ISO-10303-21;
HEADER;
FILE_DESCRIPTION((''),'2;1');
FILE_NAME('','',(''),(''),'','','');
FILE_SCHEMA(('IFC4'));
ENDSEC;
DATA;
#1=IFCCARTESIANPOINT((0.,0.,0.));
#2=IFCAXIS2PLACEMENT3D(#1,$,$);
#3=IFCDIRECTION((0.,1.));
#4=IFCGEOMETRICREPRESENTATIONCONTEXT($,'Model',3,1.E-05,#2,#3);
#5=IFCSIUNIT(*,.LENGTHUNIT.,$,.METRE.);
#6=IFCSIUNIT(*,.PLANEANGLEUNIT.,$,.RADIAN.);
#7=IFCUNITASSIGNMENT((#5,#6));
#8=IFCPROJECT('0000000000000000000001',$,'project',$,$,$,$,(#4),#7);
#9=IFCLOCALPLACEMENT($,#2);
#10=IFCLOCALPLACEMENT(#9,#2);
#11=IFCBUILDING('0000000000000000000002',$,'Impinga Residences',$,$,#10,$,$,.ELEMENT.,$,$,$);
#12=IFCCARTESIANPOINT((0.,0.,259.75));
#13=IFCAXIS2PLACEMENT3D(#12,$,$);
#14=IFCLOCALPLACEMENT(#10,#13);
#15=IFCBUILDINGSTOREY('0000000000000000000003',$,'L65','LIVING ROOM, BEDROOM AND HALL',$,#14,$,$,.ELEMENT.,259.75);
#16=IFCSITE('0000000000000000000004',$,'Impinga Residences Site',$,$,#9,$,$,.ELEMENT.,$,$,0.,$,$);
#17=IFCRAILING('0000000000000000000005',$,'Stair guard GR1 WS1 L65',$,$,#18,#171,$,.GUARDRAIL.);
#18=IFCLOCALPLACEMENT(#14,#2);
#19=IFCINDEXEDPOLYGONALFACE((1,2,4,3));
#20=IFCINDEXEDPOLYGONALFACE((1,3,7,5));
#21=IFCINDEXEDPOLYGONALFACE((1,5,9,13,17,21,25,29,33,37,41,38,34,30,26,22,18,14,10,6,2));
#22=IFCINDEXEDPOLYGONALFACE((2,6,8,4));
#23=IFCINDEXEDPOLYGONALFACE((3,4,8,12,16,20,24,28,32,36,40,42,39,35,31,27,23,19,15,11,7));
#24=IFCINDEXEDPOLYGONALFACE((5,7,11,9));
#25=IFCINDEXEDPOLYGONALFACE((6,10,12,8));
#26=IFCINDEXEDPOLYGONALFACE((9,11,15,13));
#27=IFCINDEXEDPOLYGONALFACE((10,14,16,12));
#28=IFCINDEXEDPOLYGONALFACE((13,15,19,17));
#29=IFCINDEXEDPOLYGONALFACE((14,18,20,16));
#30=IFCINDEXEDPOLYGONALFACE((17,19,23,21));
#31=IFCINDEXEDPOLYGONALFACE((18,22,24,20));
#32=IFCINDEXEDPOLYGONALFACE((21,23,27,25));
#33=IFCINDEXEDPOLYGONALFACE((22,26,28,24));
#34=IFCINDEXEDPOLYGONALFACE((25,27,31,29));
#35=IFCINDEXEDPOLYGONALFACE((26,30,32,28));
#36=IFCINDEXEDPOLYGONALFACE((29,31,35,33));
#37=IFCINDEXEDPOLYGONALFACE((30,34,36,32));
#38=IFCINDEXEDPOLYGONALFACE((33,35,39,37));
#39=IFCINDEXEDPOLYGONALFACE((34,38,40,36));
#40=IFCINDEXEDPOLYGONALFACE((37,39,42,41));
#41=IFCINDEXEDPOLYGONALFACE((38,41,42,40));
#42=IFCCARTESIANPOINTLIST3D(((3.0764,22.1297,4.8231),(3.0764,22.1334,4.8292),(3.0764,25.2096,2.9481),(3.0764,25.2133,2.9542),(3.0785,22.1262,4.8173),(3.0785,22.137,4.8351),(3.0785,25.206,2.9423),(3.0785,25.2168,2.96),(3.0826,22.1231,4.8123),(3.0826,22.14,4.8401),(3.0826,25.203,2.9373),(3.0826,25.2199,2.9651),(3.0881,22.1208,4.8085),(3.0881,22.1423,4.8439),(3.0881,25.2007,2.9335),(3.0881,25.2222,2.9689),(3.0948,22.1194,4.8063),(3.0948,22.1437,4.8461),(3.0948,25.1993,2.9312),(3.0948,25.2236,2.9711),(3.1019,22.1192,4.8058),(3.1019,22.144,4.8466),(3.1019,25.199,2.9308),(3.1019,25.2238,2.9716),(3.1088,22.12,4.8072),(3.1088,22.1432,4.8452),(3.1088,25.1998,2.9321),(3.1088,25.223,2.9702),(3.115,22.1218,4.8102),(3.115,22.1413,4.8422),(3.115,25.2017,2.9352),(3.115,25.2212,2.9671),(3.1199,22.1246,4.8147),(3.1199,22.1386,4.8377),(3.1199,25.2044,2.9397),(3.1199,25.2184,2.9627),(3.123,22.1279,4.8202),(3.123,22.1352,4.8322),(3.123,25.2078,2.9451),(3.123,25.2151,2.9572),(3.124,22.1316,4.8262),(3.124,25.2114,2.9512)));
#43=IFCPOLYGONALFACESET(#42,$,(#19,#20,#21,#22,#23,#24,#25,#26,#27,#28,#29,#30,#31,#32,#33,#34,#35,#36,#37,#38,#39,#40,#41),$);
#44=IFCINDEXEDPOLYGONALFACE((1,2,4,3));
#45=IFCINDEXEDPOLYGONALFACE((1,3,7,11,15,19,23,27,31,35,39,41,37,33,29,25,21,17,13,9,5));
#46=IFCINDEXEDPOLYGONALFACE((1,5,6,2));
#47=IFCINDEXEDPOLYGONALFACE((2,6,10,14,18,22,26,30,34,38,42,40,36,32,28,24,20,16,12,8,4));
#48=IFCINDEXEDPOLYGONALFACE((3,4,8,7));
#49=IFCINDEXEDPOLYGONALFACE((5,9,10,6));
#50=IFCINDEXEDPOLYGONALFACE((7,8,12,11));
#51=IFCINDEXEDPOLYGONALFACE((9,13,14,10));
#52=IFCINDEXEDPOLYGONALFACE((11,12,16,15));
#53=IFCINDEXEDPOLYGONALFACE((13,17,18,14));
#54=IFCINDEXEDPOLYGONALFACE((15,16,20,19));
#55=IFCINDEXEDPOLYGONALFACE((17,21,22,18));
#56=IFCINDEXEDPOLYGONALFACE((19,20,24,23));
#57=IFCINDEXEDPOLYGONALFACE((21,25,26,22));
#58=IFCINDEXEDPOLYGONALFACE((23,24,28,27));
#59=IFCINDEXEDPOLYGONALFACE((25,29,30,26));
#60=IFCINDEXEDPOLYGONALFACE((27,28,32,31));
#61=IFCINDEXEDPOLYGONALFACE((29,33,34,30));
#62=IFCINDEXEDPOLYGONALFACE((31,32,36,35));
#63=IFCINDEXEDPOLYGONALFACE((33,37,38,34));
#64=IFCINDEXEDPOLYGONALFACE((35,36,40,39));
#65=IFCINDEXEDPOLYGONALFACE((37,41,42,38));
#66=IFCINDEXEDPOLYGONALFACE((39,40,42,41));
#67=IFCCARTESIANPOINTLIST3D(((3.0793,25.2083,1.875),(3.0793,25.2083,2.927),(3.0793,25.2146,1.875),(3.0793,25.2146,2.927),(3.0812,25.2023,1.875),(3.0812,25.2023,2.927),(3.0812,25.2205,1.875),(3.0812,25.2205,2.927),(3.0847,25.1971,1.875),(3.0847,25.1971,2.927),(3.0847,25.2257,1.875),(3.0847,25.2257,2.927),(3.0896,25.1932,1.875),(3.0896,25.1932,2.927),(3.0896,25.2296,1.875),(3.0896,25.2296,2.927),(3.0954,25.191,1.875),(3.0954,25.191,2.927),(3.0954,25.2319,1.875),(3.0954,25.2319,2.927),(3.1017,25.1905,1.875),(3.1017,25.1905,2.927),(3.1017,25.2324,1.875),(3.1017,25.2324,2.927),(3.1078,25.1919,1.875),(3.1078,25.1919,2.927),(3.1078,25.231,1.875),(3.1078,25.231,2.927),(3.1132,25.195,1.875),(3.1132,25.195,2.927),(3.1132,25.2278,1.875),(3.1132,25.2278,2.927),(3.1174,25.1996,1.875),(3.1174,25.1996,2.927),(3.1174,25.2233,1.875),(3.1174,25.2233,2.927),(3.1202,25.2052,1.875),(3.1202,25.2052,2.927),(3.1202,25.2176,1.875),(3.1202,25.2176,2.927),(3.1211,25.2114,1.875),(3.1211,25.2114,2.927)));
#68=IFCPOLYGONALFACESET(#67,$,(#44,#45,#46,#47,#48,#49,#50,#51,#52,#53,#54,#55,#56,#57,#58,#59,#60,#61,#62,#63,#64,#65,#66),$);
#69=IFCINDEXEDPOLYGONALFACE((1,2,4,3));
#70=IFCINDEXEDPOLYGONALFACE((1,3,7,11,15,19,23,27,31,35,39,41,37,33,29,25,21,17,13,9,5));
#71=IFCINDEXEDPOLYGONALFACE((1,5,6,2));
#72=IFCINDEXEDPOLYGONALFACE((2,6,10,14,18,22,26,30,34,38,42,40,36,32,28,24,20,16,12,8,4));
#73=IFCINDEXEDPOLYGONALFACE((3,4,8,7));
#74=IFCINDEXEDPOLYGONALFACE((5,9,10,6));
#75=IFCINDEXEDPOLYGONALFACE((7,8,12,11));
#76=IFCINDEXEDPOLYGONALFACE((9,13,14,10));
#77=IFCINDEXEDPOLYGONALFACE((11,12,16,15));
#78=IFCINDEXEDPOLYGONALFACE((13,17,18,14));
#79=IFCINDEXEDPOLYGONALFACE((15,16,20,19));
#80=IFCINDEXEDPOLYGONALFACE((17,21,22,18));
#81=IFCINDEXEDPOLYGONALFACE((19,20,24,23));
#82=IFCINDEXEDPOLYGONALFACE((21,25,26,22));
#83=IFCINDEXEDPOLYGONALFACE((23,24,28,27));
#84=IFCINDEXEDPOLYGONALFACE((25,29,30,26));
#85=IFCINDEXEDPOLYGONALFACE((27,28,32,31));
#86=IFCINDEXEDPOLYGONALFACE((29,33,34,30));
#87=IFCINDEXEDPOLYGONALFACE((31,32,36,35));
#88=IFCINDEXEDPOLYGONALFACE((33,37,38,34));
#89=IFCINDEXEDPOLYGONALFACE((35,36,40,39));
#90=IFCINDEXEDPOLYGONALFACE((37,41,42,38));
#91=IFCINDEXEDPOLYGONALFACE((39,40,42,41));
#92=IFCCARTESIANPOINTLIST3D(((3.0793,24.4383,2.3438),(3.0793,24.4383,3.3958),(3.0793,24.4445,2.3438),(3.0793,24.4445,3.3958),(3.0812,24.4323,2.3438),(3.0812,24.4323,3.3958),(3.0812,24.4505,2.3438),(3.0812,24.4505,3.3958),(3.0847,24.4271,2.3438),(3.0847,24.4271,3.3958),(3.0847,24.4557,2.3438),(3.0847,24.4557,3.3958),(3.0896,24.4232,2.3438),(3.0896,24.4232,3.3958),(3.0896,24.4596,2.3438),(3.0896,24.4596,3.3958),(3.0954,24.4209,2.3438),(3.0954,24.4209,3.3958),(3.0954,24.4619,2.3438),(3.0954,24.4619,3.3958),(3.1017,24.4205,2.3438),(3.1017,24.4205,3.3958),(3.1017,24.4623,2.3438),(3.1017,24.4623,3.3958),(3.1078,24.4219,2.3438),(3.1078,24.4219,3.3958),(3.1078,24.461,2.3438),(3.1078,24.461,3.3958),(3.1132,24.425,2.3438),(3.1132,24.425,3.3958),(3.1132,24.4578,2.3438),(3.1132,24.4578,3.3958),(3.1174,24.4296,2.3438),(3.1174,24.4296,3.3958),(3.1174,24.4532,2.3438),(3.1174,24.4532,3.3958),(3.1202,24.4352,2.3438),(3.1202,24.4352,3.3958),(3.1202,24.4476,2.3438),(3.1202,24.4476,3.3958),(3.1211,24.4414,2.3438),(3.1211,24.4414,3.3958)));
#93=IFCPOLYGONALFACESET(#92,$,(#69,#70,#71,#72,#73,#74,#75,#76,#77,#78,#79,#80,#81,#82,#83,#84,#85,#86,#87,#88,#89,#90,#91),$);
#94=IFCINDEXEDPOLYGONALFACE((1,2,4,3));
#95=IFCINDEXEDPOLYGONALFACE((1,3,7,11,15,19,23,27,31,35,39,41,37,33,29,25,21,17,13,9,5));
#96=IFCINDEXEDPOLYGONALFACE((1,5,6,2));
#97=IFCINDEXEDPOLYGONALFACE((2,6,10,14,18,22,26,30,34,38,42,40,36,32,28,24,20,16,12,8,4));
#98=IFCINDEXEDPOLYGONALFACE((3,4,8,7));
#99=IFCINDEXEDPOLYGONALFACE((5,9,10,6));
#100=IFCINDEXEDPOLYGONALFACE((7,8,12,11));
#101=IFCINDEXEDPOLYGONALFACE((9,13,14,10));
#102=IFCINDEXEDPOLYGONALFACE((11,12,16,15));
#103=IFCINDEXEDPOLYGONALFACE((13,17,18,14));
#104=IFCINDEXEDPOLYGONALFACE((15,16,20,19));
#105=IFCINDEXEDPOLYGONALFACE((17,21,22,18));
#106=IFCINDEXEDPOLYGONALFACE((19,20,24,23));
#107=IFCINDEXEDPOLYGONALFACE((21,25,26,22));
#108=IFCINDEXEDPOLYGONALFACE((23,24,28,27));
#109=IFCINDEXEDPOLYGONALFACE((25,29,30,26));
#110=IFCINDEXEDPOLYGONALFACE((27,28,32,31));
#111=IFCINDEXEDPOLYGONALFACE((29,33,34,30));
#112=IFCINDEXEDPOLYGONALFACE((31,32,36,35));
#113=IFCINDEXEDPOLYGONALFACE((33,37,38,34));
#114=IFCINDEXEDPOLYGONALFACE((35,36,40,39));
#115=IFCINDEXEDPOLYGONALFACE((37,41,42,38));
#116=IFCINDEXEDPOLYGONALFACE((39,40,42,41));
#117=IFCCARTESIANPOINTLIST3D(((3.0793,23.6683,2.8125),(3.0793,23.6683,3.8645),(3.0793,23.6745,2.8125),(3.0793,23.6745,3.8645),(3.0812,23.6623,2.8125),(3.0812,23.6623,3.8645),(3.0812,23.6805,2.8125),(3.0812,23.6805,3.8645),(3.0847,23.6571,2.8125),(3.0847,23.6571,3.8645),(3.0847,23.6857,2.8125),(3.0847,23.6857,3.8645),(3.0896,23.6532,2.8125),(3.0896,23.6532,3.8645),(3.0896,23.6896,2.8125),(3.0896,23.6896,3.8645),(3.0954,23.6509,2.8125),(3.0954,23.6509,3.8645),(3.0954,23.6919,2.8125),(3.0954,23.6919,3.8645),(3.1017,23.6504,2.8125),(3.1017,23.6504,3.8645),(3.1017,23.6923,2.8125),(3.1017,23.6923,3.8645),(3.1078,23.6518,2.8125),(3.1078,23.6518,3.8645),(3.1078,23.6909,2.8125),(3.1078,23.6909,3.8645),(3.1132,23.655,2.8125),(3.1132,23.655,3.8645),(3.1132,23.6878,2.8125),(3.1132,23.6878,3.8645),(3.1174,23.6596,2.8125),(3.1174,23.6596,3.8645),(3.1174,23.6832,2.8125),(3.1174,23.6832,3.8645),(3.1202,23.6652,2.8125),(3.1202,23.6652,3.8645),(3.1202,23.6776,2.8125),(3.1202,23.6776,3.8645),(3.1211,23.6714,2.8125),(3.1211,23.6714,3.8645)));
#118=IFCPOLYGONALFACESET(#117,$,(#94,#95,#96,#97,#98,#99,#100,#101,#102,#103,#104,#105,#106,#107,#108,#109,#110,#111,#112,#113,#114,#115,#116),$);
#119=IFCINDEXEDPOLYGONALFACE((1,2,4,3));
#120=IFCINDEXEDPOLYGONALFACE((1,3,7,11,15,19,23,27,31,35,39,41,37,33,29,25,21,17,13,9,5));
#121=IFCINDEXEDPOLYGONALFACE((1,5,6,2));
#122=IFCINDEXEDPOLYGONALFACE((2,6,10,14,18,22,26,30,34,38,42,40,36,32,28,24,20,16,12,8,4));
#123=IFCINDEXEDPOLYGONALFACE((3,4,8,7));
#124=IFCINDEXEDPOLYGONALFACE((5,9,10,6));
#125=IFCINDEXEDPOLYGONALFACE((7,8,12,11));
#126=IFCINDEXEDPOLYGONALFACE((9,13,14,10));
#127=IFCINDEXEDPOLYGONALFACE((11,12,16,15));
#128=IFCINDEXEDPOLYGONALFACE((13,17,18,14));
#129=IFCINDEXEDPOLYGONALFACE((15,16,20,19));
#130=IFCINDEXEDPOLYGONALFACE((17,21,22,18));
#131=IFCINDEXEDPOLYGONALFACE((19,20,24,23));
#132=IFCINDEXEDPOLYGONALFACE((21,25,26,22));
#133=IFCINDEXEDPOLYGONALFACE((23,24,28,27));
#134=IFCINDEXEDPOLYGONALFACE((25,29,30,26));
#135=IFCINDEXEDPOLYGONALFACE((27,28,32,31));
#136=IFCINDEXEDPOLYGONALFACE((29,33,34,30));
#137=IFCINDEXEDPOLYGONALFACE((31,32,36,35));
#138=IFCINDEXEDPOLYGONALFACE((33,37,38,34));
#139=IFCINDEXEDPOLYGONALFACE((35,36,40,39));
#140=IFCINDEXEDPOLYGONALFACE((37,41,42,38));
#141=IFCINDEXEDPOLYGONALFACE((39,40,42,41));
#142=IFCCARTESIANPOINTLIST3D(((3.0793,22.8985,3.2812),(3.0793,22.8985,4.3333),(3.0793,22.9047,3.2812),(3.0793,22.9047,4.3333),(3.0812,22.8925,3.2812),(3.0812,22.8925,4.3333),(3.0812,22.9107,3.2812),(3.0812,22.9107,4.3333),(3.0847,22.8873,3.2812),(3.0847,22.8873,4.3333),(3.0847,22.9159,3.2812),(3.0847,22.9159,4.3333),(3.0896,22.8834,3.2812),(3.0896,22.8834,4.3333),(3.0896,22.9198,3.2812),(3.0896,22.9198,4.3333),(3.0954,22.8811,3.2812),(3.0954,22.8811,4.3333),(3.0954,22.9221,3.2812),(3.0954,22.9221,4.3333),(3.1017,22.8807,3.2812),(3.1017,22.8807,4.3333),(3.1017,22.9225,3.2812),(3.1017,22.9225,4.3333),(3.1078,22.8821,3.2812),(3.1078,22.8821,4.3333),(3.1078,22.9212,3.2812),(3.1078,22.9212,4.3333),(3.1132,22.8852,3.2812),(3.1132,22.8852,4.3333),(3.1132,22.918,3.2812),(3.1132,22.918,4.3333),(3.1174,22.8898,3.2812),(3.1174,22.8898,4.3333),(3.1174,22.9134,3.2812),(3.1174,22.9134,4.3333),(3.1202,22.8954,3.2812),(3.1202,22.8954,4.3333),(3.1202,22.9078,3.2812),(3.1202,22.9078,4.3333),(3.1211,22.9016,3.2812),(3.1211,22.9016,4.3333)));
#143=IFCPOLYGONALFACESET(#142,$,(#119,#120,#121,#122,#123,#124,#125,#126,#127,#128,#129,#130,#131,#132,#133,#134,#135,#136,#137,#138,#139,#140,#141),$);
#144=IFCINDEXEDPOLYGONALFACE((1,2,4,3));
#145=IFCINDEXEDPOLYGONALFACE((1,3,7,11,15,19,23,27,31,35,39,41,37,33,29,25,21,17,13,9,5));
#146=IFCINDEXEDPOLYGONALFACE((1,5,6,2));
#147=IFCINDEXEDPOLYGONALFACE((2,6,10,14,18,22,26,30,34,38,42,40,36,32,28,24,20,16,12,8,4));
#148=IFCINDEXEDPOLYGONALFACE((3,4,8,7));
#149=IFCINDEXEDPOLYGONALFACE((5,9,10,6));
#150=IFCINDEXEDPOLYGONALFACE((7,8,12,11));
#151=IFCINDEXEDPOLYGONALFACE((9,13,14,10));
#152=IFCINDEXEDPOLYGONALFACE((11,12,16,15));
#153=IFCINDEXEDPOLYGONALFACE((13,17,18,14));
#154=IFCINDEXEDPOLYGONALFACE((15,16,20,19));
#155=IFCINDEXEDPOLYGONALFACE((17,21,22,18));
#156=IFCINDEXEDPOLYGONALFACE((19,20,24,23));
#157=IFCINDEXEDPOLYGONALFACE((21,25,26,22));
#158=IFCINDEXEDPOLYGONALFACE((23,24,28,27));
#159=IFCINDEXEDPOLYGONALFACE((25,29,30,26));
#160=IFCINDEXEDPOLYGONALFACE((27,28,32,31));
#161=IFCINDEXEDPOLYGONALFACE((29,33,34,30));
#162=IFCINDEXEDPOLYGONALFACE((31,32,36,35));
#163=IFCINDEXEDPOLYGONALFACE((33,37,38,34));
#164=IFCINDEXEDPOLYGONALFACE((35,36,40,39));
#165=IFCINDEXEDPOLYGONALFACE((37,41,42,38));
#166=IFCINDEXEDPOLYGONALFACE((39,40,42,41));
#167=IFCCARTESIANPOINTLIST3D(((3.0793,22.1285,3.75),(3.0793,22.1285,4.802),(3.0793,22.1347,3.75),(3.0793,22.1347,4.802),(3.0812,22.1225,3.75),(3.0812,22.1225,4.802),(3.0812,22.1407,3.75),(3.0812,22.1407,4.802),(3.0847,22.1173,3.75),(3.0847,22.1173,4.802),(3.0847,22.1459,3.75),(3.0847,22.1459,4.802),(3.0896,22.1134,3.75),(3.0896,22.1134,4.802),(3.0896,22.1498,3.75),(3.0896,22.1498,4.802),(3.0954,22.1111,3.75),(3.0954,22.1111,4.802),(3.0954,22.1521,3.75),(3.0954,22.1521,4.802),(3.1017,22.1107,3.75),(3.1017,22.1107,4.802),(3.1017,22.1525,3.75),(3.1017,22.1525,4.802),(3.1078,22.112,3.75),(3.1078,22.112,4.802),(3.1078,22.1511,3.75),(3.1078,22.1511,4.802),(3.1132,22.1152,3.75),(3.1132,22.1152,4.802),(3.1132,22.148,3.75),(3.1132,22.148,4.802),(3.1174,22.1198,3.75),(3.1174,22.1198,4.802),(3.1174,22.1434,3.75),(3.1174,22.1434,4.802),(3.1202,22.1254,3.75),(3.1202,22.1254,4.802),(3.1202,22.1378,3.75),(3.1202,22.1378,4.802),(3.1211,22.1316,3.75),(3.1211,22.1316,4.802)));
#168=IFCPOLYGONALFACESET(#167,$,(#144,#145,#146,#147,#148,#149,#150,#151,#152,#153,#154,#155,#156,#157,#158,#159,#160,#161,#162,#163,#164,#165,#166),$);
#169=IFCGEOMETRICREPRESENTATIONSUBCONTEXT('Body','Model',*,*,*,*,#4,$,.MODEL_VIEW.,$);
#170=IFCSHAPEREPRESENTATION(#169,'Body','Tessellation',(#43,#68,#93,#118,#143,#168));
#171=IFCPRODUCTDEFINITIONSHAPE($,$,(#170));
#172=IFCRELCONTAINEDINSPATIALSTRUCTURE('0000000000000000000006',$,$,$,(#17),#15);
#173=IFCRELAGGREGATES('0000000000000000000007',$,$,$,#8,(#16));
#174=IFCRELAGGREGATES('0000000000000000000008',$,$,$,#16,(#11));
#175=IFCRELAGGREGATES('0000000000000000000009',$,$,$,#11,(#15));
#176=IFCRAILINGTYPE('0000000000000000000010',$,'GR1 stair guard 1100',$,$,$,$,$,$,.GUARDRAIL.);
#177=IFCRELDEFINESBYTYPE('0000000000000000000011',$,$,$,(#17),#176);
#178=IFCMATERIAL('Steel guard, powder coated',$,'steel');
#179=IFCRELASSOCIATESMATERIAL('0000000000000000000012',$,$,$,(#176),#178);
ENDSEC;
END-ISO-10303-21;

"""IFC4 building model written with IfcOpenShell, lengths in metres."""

from ifc_helpers import new_model, si_unit, direction, frame, origin, origin_2d, place, context, subcontext, project, spatial, circle, extrude, material, type_object, element, save


model = new_model("IFC4")

# Units and contexts
model_context = context("Model", 3, precision=1e-05, world=origin(), true_north=direction((0.0, 1.0)))
body_context = subcontext(model_context, "Body", "Model", "MODEL_VIEW")
ifc_project = project(units=[si_unit("LENGTHUNIT", "METRE"), si_unit("PLANEANGLEUNIT", "RADIAN")], contexts=[model_context])

# Site, building, storey
site_placement = place(None, origin())
site = spatial("IfcSite", under=ifc_project, at=site_placement, Name="Impinga Residences Site", CompositionType="ELEMENT", RefElevation=0.0)
building_placement = place(site_placement, origin())
building = spatial("IfcBuilding", under=site, at=building_placement, Name="Impinga Residences", CompositionType="ELEMENT")
storey_placement = place(building_placement, frame((0.0, 0.0, 259.75)))
storey = spatial("IfcBuildingStorey", under=building, at=storey_placement, Name="L65", Description="LIVING ROOM, BEDROOM AND HALL", CompositionType="ELEMENT", Elevation=259.75)

# Railing
ifc_material_1 = material(Name="Steel guard, powder coated", Category="steel")
railing_type_1 = type_object("IfcRailingType", Name="GR1 stair guard 1100", PredefinedType="GUARDRAIL", material=ifc_material_1)
railing_1_placement = place(storey_placement, frame((3.1001, 25.2114, 1.875)))
element("IfcRailing", 1, at=railing_1_placement, inside=storey, type_object=railing_type_1, Name="Stair guard GR1 WS1 L65", PredefinedType="GUARDRAIL", context=body_context, shape_type="SweptSolid", body=[
    extrude(circle(Radius=0.0239, at=origin_2d()), frame((0.0, 0.0, 1.0762), z_axis=(0.0, -0.854159, 0.520011), x_axis=(1.0, 0.0, 0.0)), (0.0, 0.0, 1.0), 3.6057),
    extrude(circle(Radius=0.021, at=origin_2d()), origin(), (0.0, 0.0, 1.0), 1.052),
    extrude(circle(Radius=0.021, at=origin_2d()), frame((0.0, -0.77, 0.4688)), (0.0, 0.0, 1.0), 1.052),
    extrude(circle(Radius=0.021, at=origin_2d()), frame((0.0, -1.54, 0.9375)), (0.0, 0.0, 1.0), 1.052),
    extrude(circle(Radius=0.021, at=origin_2d()), frame((0.0, -2.3098, 1.4062)), (0.0, 0.0, 1.0), 1.052),
    extrude(circle(Radius=0.021, at=origin_2d()), frame((0.0, -3.0798, 1.875)), (0.0, 0.0, 1.0), 1.052),
])

save(model, "model.ifc")
